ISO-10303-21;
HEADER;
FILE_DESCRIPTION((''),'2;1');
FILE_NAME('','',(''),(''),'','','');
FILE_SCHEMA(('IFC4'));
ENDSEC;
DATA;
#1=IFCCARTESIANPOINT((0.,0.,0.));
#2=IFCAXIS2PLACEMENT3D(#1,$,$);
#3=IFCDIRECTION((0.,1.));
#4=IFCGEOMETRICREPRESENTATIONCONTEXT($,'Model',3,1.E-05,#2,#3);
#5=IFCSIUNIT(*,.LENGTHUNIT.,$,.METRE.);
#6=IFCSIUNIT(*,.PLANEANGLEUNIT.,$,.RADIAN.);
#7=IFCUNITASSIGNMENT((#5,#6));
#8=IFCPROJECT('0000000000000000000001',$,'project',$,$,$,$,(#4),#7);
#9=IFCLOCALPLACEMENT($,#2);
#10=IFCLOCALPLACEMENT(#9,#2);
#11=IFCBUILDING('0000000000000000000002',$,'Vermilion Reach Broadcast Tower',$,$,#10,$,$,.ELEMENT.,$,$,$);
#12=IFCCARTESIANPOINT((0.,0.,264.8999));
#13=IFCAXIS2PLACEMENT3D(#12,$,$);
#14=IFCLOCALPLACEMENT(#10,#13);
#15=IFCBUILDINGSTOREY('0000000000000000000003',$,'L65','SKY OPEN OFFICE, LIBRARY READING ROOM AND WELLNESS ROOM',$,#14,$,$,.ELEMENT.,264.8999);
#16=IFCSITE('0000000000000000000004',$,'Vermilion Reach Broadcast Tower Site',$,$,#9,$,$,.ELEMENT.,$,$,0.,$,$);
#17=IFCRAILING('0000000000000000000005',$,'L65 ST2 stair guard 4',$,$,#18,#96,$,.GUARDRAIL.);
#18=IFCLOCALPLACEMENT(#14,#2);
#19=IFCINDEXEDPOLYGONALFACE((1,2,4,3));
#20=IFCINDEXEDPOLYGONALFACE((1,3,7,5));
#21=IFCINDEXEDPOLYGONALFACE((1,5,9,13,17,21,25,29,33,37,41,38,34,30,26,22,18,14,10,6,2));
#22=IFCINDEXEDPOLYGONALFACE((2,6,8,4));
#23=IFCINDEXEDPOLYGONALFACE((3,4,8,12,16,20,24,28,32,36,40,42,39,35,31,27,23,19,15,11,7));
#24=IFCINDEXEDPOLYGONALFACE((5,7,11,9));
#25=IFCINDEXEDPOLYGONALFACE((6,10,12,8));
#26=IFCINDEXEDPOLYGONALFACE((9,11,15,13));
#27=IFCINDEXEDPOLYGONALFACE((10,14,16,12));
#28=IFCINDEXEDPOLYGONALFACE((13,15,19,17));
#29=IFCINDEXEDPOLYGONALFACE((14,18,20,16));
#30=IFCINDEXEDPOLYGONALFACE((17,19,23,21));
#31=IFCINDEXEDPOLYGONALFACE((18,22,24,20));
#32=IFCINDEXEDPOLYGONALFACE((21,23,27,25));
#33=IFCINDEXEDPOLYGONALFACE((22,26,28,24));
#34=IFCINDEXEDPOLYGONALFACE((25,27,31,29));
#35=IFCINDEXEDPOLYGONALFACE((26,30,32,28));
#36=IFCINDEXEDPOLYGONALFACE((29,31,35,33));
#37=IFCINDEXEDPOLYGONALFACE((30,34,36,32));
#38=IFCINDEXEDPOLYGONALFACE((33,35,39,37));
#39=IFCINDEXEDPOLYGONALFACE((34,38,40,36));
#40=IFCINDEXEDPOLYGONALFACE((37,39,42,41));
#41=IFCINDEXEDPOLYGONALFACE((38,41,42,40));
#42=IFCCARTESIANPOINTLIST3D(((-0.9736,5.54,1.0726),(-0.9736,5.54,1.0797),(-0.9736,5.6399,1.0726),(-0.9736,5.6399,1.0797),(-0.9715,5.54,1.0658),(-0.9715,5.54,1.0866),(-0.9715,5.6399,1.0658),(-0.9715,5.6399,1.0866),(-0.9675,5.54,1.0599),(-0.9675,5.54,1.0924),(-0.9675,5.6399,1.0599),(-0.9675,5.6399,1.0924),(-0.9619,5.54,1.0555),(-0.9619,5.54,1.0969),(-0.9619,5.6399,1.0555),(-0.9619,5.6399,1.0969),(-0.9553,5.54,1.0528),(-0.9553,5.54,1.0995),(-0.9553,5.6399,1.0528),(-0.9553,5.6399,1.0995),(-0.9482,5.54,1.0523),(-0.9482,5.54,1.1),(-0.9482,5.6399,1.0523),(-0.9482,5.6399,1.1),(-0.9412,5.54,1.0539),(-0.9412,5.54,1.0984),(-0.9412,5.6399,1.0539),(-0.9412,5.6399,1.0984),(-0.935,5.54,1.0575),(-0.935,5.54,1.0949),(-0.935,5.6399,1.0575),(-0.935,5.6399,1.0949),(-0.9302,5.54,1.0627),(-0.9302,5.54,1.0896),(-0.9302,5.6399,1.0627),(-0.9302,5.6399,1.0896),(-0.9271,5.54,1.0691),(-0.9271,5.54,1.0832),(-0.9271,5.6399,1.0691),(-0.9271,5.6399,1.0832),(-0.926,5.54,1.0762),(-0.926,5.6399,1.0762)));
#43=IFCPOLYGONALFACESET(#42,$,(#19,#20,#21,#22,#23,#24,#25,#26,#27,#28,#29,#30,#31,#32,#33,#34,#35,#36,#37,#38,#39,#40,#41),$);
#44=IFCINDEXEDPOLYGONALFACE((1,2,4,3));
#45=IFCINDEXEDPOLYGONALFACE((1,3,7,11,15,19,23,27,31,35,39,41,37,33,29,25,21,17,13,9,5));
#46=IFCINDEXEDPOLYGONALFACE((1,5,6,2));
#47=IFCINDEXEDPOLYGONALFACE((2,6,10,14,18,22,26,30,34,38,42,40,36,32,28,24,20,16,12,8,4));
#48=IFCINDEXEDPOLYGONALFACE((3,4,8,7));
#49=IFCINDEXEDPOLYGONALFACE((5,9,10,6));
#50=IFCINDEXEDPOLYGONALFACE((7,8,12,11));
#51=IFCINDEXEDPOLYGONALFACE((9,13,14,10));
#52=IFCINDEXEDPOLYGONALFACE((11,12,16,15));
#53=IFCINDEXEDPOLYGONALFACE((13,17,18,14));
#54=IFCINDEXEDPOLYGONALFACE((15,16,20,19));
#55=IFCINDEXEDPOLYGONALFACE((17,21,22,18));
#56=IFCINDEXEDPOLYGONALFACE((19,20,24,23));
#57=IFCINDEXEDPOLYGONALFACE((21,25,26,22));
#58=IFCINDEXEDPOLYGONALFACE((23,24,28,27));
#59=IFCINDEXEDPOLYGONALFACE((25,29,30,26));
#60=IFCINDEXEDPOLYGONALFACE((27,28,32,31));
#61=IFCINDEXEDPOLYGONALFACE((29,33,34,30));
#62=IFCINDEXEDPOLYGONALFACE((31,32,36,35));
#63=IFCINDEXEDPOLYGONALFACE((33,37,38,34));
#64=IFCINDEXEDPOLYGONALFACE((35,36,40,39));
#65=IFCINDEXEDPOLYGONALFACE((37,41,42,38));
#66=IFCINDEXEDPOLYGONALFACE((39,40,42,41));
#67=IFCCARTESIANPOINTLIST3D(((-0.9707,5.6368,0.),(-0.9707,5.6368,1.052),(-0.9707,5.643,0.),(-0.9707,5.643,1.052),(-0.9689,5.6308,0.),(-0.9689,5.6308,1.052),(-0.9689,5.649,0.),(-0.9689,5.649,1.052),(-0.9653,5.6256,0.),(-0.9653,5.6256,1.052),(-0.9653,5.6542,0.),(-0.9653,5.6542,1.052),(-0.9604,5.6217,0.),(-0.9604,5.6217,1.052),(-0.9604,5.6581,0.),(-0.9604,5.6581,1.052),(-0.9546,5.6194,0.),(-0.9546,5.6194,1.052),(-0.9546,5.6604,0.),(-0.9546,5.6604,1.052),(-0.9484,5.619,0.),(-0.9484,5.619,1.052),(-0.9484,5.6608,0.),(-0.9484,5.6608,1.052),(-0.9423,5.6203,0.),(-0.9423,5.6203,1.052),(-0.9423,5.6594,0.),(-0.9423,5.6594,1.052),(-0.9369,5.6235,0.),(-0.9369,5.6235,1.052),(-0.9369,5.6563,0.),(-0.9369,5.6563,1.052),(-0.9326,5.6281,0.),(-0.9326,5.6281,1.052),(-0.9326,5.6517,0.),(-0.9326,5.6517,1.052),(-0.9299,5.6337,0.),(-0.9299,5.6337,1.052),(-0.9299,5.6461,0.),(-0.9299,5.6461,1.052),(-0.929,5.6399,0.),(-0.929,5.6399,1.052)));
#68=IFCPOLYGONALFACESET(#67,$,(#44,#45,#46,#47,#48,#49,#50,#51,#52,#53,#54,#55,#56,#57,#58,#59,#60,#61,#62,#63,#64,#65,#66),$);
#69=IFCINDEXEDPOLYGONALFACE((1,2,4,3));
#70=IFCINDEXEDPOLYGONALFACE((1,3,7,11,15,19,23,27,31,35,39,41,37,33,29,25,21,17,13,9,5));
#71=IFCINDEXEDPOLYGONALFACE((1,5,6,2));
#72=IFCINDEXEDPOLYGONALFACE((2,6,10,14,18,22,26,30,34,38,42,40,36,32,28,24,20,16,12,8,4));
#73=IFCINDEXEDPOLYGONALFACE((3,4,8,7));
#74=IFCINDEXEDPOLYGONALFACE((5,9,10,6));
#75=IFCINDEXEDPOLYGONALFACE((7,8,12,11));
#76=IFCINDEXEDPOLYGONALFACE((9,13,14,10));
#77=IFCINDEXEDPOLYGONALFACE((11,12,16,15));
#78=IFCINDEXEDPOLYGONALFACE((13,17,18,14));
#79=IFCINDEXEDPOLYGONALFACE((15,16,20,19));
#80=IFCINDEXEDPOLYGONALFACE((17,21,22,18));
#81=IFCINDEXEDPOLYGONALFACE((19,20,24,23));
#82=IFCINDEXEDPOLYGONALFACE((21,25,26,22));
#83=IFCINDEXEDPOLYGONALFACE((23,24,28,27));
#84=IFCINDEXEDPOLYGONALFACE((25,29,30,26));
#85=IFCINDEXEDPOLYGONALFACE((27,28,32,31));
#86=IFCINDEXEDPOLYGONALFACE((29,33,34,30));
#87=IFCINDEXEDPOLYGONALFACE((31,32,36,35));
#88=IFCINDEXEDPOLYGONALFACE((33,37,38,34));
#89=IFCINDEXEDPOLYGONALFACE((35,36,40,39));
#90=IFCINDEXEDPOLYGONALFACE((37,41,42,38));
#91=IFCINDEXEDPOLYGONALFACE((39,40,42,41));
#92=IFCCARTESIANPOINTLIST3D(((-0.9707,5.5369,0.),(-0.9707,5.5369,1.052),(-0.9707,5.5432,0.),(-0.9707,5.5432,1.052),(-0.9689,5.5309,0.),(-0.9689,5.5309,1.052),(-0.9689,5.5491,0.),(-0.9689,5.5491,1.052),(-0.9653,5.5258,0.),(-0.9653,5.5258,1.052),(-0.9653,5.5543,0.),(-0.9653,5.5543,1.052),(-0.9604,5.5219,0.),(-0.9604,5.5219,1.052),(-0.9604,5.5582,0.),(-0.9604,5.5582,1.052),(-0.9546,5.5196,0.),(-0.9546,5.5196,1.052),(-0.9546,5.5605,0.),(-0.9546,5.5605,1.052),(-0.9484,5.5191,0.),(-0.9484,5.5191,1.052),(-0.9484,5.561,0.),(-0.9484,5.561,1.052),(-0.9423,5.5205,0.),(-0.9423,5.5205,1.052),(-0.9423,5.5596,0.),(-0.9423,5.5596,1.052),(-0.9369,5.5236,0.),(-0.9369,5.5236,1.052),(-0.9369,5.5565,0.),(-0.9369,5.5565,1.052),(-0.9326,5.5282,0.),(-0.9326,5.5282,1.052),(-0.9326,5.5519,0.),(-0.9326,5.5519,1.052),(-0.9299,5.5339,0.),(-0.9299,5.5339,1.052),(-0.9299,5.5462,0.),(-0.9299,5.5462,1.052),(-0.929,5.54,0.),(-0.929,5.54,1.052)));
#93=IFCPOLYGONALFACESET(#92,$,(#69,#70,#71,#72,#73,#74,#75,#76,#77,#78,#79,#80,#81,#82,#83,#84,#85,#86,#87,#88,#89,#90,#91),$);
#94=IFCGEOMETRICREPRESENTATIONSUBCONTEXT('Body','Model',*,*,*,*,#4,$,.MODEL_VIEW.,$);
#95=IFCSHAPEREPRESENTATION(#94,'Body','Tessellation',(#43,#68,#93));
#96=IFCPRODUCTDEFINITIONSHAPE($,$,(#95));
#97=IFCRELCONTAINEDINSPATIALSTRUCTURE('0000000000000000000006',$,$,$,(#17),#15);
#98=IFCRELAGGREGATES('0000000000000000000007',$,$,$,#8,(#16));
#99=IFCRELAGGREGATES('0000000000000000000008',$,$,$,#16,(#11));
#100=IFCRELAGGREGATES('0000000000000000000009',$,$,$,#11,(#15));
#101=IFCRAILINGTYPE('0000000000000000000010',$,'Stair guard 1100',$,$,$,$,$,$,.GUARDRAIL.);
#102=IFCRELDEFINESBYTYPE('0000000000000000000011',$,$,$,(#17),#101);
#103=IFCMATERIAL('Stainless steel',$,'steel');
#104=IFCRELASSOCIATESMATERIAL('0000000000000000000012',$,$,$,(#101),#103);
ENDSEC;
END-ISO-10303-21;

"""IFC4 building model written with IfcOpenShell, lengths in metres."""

from ifc_helpers import new_model, si_unit, direction, frame, origin, origin_2d, place, context, subcontext, project, spatial, circle, extrude, material, type_object, element, save


model = new_model("IFC4")

# Units and contexts
model_context = context("Model", 3, precision=1e-05, world=origin(), true_north=direction((0.0, 1.0)))
body_context = subcontext(model_context, "Body", "Model", "MODEL_VIEW")
ifc_project = project(units=[si_unit("LENGTHUNIT", "METRE"), si_unit("PLANEANGLEUNIT", "RADIAN")], contexts=[model_context])

# Site, building, storey
site_placement = place(None, origin())
site = spatial("IfcSite", under=ifc_project, at=site_placement, Name="Vermilion Reach Broadcast Tower Site", CompositionType="ELEMENT", RefElevation=0.0)
building_placement = place(site_placement, origin())
building = spatial("IfcBuilding", under=site, at=building_placement, Name="Vermilion Reach Broadcast Tower", CompositionType="ELEMENT")
storey_placement = place(building_placement, frame((0.0, 0.0, 264.8999)))
storey = spatial("IfcBuildingStorey", under=building, at=storey_placement, Name="L65", Description="SKY OPEN OFFICE, LIBRARY READING ROOM AND WELLNESS ROOM", CompositionType="ELEMENT", Elevation=264.8999)

# Railing
ifc_material_1 = material(Name="Stainless steel", Category="steel")
railing_type_1 = type_object("IfcRailingType", Name="Stair guard 1100", PredefinedType="GUARDRAIL", material=ifc_material_1)
railing_1_placement = place(storey_placement, frame((-0.95, 5.6399, 0.0)))
element("IfcRailing", 1, at=railing_1_placement, inside=storey, type_object=railing_type_1, Name="L65 ST2 stair guard 4", PredefinedType="GUARDRAIL", context=body_context, shape_type="SweptSolid", body=[
    extrude(circle(Radius=0.0239, at=origin_2d()), frame((0.0, 0.0, 1.0762), z_axis=(0.0, -1.0, 0.0), x_axis=(1.0, 0.0, 0.0)), (0.0, 0.0, 1.0), 0.0999),
    extrude(circle(Radius=0.021, at=origin_2d()), origin(), (0.0, 0.0, 1.0), 1.052),
    extrude(circle(Radius=0.021, at=origin_2d()), frame((0.0, -0.0999, 0.0)), (0.0, 0.0, 1.0), 1.052),
])

save(model, "model.ifc")
